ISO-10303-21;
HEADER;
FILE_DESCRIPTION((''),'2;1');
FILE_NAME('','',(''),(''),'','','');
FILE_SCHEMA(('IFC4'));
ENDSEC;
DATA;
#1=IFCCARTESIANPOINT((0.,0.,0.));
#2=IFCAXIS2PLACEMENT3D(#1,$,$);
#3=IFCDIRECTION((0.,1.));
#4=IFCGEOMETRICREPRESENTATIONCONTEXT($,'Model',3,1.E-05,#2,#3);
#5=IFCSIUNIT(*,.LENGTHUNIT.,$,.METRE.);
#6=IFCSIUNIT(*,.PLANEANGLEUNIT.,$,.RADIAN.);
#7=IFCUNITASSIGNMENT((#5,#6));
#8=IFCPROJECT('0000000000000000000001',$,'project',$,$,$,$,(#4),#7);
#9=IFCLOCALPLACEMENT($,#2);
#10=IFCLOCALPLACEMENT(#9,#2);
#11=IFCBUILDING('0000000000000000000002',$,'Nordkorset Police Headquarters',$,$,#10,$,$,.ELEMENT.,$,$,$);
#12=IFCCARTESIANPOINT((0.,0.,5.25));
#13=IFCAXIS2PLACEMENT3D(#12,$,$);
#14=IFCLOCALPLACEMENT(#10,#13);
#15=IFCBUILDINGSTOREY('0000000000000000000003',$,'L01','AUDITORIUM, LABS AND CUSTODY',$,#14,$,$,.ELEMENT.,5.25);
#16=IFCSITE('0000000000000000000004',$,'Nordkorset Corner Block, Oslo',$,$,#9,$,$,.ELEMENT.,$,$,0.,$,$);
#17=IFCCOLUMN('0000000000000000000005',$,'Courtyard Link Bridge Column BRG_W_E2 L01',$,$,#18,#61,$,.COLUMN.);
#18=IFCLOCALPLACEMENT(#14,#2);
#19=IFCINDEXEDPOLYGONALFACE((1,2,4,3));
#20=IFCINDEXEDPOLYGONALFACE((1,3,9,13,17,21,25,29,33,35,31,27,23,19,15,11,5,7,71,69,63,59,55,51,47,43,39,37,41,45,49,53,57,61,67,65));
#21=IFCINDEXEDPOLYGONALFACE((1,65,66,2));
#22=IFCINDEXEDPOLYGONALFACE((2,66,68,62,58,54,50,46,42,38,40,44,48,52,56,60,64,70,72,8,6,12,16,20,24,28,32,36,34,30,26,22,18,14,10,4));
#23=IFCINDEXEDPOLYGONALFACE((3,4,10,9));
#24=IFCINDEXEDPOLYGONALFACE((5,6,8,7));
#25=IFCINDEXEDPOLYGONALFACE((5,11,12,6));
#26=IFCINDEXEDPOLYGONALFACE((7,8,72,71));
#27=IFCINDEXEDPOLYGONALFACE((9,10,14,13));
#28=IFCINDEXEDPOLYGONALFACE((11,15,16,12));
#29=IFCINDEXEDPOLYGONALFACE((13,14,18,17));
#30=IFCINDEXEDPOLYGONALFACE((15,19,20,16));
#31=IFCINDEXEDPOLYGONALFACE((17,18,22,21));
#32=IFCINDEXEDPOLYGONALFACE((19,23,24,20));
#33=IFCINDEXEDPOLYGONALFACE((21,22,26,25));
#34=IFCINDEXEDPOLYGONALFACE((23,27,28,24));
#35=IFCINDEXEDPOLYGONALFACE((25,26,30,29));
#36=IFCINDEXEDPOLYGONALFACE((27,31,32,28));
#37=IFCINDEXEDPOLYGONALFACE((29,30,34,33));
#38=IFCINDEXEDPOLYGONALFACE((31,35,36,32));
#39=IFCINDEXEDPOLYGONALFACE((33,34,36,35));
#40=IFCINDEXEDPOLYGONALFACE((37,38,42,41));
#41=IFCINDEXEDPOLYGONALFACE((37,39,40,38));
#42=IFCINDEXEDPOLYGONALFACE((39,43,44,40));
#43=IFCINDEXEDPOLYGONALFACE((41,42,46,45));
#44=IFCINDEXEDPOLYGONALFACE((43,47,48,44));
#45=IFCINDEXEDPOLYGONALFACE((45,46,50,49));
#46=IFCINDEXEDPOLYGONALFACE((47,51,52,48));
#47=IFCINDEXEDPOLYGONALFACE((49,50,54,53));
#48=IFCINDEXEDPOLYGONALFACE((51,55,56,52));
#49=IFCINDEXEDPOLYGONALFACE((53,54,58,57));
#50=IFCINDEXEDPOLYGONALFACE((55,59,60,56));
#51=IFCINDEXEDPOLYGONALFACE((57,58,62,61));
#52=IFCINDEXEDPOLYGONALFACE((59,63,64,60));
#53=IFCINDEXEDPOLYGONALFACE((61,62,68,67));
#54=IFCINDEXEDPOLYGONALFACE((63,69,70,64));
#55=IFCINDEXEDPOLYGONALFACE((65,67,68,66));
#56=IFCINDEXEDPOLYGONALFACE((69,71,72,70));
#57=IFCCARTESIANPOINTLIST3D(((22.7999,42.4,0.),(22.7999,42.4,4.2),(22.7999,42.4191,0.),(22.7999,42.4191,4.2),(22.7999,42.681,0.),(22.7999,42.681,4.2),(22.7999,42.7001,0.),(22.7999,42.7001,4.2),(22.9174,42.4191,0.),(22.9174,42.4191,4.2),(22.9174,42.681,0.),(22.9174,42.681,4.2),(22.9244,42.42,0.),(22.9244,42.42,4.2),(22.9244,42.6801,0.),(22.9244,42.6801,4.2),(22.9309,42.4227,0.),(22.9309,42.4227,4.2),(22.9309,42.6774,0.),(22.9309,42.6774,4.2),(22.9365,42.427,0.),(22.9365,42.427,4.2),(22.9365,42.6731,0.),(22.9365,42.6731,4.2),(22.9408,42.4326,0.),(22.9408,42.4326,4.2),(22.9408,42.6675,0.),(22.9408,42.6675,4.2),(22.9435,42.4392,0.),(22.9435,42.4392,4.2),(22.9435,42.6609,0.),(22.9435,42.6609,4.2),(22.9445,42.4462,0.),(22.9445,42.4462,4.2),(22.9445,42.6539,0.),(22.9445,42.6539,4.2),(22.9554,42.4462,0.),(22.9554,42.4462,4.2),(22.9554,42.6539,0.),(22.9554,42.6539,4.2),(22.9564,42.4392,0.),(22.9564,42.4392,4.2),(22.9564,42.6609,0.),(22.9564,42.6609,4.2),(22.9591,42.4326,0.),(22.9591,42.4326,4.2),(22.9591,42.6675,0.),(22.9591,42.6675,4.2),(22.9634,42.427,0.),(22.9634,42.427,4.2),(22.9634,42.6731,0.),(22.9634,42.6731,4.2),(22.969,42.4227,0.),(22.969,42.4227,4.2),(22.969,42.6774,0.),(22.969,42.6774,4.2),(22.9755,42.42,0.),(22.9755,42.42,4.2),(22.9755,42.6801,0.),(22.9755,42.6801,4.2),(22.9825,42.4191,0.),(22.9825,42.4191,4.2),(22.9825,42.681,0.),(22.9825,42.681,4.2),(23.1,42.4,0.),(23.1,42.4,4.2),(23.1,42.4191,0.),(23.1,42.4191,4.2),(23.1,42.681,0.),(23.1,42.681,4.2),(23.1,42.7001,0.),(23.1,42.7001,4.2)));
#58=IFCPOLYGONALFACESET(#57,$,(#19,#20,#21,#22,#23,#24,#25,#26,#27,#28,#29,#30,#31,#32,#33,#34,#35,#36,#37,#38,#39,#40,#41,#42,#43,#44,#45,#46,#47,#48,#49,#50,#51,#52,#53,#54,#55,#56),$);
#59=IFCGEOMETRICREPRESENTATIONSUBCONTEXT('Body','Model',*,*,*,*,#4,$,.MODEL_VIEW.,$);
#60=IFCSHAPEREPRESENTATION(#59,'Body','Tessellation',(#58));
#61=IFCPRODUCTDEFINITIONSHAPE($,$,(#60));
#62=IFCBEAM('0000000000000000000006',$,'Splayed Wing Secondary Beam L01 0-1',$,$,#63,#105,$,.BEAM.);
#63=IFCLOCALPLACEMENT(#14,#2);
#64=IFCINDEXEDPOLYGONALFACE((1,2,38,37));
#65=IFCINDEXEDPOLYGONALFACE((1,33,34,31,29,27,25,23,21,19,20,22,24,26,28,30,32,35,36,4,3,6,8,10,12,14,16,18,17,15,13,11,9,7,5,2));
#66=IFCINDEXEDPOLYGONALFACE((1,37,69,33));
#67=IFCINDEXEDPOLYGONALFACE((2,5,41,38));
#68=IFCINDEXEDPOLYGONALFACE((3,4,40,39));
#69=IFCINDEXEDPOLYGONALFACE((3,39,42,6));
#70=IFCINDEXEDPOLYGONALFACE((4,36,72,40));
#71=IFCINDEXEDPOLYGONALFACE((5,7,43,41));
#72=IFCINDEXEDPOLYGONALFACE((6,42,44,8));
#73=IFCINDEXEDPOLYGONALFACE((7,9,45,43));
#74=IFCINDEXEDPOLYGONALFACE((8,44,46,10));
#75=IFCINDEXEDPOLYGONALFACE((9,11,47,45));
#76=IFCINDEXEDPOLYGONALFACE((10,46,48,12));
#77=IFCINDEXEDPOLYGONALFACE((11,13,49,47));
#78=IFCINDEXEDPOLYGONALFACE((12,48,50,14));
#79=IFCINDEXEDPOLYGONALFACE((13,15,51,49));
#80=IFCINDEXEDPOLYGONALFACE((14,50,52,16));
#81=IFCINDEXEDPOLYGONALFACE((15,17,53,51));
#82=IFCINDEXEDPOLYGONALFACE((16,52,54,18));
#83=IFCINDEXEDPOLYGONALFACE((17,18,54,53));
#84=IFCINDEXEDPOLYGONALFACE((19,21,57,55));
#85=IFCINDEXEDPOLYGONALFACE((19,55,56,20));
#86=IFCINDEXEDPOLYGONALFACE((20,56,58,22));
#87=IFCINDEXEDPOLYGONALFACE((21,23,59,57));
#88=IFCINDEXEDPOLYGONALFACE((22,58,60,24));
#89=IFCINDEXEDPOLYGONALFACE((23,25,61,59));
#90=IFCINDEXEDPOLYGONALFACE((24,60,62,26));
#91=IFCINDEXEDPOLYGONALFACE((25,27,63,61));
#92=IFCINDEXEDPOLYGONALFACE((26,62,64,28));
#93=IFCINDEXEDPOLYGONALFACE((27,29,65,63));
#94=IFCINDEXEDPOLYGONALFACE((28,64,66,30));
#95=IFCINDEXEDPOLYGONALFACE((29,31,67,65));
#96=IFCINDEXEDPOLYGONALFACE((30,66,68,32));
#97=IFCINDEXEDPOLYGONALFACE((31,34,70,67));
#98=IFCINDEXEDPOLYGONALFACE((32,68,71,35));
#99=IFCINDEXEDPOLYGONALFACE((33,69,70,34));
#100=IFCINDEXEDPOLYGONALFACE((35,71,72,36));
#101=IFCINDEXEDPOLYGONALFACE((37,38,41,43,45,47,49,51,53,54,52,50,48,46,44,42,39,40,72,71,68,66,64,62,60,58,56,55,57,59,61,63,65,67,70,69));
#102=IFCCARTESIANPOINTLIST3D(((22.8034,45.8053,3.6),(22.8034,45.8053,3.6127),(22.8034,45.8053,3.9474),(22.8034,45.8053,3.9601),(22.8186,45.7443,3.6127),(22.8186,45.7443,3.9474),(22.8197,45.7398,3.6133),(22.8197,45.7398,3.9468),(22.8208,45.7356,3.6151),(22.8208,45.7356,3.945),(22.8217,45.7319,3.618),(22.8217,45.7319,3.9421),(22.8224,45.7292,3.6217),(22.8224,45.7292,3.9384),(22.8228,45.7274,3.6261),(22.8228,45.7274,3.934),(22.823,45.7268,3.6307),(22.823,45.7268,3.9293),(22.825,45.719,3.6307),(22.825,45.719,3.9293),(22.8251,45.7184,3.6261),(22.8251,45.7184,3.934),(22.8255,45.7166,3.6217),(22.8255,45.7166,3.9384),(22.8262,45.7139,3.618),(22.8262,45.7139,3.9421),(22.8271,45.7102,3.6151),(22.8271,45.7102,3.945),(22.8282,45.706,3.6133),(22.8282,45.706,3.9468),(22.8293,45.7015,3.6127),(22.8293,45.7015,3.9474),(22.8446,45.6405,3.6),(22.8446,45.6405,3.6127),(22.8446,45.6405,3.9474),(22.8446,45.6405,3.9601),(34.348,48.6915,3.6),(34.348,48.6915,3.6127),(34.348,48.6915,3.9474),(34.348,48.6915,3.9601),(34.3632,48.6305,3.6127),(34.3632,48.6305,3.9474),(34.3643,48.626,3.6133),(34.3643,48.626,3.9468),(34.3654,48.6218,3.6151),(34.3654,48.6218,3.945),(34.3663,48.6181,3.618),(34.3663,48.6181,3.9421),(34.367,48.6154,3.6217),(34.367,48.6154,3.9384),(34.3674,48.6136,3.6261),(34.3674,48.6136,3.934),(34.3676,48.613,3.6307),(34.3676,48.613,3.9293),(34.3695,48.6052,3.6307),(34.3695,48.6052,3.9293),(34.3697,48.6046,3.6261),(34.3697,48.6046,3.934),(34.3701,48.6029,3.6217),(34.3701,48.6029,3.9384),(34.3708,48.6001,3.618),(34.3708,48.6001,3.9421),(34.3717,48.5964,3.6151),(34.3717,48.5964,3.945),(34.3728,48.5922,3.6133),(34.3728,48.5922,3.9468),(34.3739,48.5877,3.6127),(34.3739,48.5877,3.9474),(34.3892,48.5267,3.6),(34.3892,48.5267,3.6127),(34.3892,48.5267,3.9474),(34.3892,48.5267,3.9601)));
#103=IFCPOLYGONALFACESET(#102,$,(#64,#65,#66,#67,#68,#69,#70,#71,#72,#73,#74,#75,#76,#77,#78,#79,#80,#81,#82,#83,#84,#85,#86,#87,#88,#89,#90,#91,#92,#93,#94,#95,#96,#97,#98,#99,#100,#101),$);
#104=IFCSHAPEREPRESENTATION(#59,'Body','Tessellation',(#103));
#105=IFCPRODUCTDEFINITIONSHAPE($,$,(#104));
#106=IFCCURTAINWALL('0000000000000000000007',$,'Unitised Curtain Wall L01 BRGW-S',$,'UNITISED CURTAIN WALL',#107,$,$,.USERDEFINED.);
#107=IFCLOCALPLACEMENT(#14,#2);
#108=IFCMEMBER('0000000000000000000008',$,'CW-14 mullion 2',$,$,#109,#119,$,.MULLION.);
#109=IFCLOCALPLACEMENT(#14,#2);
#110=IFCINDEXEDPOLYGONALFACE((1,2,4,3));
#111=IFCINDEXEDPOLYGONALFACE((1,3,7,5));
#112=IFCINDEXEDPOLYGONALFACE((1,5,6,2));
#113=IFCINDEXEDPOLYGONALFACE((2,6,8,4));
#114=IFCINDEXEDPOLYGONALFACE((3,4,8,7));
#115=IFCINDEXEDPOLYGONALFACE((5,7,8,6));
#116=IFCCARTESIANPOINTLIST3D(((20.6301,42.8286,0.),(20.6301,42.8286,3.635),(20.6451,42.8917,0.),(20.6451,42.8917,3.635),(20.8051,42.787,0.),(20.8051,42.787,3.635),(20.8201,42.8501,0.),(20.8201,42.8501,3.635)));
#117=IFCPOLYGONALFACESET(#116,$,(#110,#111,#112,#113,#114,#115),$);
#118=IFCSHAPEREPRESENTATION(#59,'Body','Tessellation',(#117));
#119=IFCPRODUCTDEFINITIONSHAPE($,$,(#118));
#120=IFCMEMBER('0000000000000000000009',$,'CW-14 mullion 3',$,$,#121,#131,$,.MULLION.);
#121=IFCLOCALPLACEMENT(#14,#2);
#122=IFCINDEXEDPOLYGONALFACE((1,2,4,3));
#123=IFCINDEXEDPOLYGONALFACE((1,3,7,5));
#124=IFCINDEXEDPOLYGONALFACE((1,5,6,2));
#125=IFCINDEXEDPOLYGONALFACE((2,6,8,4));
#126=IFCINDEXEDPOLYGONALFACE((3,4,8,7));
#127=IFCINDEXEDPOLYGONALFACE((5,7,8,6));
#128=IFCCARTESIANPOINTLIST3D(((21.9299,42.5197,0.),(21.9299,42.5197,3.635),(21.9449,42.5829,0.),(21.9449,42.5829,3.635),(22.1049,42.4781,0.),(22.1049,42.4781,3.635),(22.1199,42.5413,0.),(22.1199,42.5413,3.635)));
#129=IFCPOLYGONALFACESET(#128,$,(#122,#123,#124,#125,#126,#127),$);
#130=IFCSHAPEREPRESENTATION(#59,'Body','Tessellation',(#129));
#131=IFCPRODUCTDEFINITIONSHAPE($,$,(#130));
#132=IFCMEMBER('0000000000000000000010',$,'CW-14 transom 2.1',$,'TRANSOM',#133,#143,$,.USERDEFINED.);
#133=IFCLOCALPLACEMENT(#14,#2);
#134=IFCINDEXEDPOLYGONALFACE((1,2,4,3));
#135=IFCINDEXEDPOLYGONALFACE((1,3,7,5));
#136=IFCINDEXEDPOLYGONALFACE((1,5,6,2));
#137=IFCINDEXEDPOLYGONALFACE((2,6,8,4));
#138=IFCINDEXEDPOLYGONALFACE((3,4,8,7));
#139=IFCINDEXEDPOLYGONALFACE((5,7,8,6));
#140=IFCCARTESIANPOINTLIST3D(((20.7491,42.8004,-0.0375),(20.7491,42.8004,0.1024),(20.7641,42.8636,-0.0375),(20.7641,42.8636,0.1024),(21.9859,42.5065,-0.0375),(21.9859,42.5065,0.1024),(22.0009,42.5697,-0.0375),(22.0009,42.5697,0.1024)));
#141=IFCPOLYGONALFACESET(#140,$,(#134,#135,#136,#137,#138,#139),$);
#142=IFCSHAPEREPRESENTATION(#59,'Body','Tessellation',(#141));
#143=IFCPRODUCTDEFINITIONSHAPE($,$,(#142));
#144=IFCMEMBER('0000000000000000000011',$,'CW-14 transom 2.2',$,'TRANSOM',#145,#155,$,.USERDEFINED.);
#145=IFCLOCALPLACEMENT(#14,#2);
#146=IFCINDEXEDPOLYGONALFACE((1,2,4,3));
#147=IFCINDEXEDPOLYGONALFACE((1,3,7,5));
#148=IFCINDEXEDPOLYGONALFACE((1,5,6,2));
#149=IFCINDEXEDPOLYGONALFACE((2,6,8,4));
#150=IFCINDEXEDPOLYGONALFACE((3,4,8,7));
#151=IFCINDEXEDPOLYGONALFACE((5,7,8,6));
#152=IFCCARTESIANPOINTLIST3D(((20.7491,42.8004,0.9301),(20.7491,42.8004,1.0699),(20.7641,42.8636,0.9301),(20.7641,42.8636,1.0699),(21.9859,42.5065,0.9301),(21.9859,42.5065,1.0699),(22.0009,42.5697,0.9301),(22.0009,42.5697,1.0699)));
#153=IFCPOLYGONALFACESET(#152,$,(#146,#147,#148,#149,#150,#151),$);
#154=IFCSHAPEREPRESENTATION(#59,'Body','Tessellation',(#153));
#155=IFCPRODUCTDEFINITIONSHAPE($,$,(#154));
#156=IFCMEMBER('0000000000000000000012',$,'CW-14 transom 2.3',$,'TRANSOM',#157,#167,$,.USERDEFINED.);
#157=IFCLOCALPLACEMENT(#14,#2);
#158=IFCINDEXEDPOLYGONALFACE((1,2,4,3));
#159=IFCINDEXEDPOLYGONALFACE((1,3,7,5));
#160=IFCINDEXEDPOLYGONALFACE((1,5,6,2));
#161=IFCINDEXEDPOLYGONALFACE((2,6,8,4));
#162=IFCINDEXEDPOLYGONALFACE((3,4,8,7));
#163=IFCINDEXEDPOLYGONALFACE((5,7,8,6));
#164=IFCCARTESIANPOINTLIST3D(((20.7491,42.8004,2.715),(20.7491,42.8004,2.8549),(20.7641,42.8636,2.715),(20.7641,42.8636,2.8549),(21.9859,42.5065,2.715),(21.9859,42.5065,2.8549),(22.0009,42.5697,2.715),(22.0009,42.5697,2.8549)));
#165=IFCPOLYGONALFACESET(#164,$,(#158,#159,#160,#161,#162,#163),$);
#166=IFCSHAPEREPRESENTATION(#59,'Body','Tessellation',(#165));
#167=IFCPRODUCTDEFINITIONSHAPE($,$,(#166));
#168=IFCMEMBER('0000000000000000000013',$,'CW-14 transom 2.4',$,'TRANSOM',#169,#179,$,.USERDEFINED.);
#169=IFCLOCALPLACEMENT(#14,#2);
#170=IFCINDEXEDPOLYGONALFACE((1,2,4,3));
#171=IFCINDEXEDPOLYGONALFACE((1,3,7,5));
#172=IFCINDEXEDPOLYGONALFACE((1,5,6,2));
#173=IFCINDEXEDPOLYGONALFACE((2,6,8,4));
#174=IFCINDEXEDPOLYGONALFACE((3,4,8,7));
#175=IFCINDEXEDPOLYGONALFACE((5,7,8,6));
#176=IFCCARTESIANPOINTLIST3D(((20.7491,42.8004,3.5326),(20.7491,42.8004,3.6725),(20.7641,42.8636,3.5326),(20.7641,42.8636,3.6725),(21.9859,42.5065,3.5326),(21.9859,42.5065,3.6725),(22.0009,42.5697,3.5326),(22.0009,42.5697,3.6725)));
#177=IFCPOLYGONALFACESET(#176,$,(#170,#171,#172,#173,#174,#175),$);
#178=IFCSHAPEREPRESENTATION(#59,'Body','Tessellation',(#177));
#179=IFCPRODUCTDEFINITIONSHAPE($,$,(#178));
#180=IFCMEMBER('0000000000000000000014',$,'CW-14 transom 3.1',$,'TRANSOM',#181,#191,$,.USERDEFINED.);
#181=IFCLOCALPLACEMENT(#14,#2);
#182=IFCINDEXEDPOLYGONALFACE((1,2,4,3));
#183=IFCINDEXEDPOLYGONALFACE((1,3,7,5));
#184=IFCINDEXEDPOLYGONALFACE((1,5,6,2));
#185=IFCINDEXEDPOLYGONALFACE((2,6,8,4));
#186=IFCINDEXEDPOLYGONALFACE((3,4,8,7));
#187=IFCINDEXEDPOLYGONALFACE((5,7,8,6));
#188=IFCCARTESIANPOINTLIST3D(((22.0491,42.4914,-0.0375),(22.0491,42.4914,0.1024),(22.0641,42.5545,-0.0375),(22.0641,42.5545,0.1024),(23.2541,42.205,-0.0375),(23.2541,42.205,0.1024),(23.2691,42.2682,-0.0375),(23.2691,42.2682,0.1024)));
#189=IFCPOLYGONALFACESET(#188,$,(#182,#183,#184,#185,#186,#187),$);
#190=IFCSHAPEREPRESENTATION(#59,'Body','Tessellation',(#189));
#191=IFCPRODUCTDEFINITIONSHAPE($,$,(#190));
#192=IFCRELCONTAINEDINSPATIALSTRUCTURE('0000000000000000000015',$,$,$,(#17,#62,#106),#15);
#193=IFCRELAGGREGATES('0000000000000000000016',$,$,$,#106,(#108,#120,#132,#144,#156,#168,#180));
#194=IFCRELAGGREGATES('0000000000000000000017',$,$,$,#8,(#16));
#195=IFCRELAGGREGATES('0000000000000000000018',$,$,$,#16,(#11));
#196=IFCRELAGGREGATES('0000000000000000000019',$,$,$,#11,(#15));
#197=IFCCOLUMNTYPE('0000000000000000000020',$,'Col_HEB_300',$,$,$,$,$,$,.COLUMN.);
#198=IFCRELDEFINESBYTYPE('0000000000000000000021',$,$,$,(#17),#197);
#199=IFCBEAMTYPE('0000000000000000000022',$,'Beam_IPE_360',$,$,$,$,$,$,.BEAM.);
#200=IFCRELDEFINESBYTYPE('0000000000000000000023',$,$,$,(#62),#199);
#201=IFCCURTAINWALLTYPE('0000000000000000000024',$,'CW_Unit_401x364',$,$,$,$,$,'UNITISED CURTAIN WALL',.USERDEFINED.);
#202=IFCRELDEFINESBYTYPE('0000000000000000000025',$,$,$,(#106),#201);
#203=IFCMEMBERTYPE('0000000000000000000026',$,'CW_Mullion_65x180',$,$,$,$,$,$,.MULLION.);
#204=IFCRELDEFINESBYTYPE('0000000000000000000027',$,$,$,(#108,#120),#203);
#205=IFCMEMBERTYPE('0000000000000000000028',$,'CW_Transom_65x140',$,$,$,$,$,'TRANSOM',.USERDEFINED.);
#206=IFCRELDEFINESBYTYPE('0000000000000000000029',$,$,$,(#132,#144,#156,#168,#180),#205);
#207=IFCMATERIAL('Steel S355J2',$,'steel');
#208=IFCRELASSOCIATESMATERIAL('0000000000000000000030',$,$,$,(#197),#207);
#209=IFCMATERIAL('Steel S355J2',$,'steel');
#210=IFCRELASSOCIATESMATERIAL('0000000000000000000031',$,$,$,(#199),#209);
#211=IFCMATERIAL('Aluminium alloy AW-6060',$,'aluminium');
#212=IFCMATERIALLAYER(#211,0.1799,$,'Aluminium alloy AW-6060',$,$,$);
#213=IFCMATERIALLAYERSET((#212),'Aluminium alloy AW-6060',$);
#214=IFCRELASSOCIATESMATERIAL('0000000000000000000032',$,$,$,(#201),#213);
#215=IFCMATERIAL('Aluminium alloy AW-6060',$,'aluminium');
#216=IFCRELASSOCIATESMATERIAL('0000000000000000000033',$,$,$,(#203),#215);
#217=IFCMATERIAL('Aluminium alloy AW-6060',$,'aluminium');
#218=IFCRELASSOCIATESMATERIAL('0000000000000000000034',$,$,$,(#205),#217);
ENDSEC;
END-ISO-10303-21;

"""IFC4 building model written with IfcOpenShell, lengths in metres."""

from ifc_helpers import new_model, si_unit, direction, frame, origin, origin_2d, place, context, subcontext, project, spatial, rectangle, i_section, extrude, material, layer, layer_set, material_profile, profile_set, type_object, element, aggregate, save


model = new_model("IFC4")

# Units and contexts
model_context = context("Model", 3, precision=1e-05, world=origin(), true_north=direction((0.0, 1.0)))
body_context = subcontext(model_context, "Body", "Model", "MODEL_VIEW")
ifc_project = project(units=[si_unit("LENGTHUNIT", "METRE"), si_unit("PLANEANGLEUNIT", "RADIAN")], contexts=[model_context])

# Site, building, storey
site_placement = place(None, origin())
site = spatial("IfcSite", under=ifc_project, at=site_placement, Name="Nordkorset Corner Block, Oslo", CompositionType="ELEMENT", RefElevation=0.0)
building_placement = place(site_placement, origin())
building = spatial("IfcBuilding", under=site, at=building_placement, Name="Nordkorset Police Headquarters", CompositionType="ELEMENT")
storey_placement = place(building_placement, frame((0.0, 0.0, 5.25)))
storey = spatial("IfcBuildingStorey", under=building, at=storey_placement, Name="L01", Description="AUDITORIUM, LABS AND CUSTODY", CompositionType="ELEMENT", Elevation=5.25)

# Column
ifc_material_1 = material(Name="Steel S355J2", Category="steel")
ifc_material_profile_1 = material_profile(ifc_material_1, i_section(OverallWidth=0.3, OverallDepth=0.3, WebThickness=0.011, FlangeThickness=0.019, FilletRadius=0.0271, at=origin_2d()), Name="HEB 300")
ifc_profile_set_1 = profile_set([ifc_material_profile_1], Name="Steel S355J2")
column_type = type_object("IfcColumnType", Name="Col_HEB_300", PredefinedType="COLUMN", material=ifc_profile_set_1)
column_placement = place(storey_placement, frame((22.95, 42.55, 0.0), z_axis=(0.0, 0.0, 1.0), x_axis=(1.0, 0.0, 0.0)))
element("IfcColumn", 1, at=column_placement, inside=storey, type_object=column_type, Name="Courtyard Link Bridge Column BRG_W_E2 L01", PredefinedType="COLUMN", context=body_context, shape_type="SweptSolid", body=[
    extrude(i_section(OverallWidth=0.3, OverallDepth=0.3, WebThickness=0.011, FlangeThickness=0.019, FilletRadius=0.0271, at=origin_2d()), origin(), (0.0, 0.0, 1.0), 4.2),
])

# Beam
ifc_material_2 = material(Name="Steel S355J2", Category="steel")
ifc_material_profile_2 = material_profile(ifc_material_2, i_section(OverallWidth=0.1699, OverallDepth=0.3601, WebThickness=0.0081, FlangeThickness=0.0127, FilletRadius=0.0181, at=origin_2d()), Name="IPE 360")
ifc_profile_set_2 = profile_set([ifc_material_profile_2], Name="Steel S355J2")
beam_type_1 = type_object("IfcBeamType", Name="Beam_IPE_360", PredefinedType="BEAM", material=ifc_profile_set_2)
beam_1_placement = place(storey_placement, frame((22.824, 45.7229, 3.78), z_axis=(0.970141, 0.24254, 0.0), x_axis=(-0.24254, 0.970141, 0.0)))
element("IfcBeam", 2, at=beam_1_placement, inside=storey, type_object=beam_type_1, Name="Splayed Wing Secondary Beam L01 0-1", PredefinedType="BEAM", context=body_context, shape_type="SweptSolid", body=[
    extrude(i_section(OverallWidth=0.1699, OverallDepth=0.3601, WebThickness=0.0081, FlangeThickness=0.0127, FilletRadius=0.0181, at=origin_2d()), origin(), (0.0, 0.0, 1.0), 11.8999),
])

# Curtain wall, members
ifc_material_3 = material(Name="Aluminium alloy AW-6060", Category="aluminium")
ifc_layer_1 = layer(ifc_material_3, 0.1799, Name="Aluminium alloy AW-6060")
ifc_layer_set_1 = layer_set([ifc_layer_1], Name="Aluminium alloy AW-6060")
curtain_wall_type = type_object("IfcCurtainWallType", Name="CW_Unit_401x364", ElementType="UNITISED CURTAIN WALL", PredefinedType="USERDEFINED", material=ifc_layer_set_1)
curtain_wall_placement = place(storey_placement, origin())
curtain_wall = element("IfcCurtainWall", 3, at=curtain_wall_placement, inside=storey, type_object=curtain_wall_type, Name="Unitised Curtain Wall L01 BRGW-S", ObjectType="UNITISED CURTAIN WALL", PredefinedType="USERDEFINED")
ifc_material_4 = material(Name="Aluminium alloy AW-6060", Category="aluminium")
ifc_material_profile_3 = material_profile(ifc_material_4, rectangle(XDim=0.0649, YDim=0.1799, at=origin_2d()), Name="ALU MULL 65x180")
ifc_profile_set_3 = profile_set([ifc_material_profile_3], Name="Aluminium alloy AW-6060")
member_type_1 = type_object("IfcMemberType", Name="CW_Mullion_65x180", PredefinedType="MULLION", material=ifc_profile_set_3)
member_1_placement = place(storey_placement, frame((20.7251, 42.8394, 0.0), z_axis=(0.0, 0.0, 1.0), x_axis=(0.231206, 0.972905, 0.0)))
member_1 = element("IfcMember", 4, at=member_1_placement, type_object=member_type_1, Name="CW-14 mullion 2", PredefinedType="MULLION", context=body_context, shape_type="SweptSolid", body=[
    extrude(rectangle(XDim=0.0649, YDim=0.1799, at=origin_2d()), origin(), (0.0, 0.0, 1.0), 3.635),
])
member_2_placement = place(storey_placement, frame((22.0249, 42.5305, 0.0), z_axis=(0.0, 0.0, 1.0), x_axis=(0.231206, 0.972905, 0.0)))
member_2 = element("IfcMember", 5, at=member_2_placement, type_object=member_type_1, Name="CW-14 mullion 3", PredefinedType="MULLION", context=body_context, shape_type="SweptSolid", body=[
    extrude(rectangle(XDim=0.0649, YDim=0.1799, at=origin_2d()), origin(), (0.0, 0.0, 1.0), 3.635),
])
ifc_material_5 = material(Name="Aluminium alloy AW-6060", Category="aluminium")
ifc_material_profile_4 = material_profile(ifc_material_5, rectangle(XDim=0.0649, YDim=0.1399, at=origin_2d()), Name="ALU TRAN 65x140")
ifc_profile_set_4 = profile_set([ifc_material_profile_4], Name="Aluminium alloy AW-6060")
member_type_2 = type_object("IfcMemberType", Name="CW_Transom_65x140", ElementType="TRANSOM", PredefinedType="USERDEFINED", material=ifc_profile_set_4)
member_3_placement = place(storey_placement, frame((20.7566, 42.832, 0.0325), z_axis=(0.972901, -0.231222, 0.0), x_axis=(0.231222, 0.972901, 0.0)))
member_3 = element("IfcMember", 6, at=member_3_placement, type_object=member_type_2, Name="CW-14 transom 2.1", ObjectType="TRANSOM", PredefinedType="USERDEFINED", context=body_context, shape_type="SweptSolid", body=[
    extrude(rectangle(XDim=0.0649, YDim=0.1399, at=origin_2d()), origin(), (0.0, 0.0, 1.0), 1.2712),
])
member_4_placement = place(storey_placement, frame((20.7566, 42.832, 1.0), z_axis=(0.972901, -0.231222, 0.0), x_axis=(0.231222, 0.972901, 0.0)))
member_4 = element("IfcMember", 7, at=member_4_placement, type_object=member_type_2, Name="CW-14 transom 2.2", ObjectType="TRANSOM", PredefinedType="USERDEFINED", context=body_context, shape_type="SweptSolid", body=[
    extrude(rectangle(XDim=0.0649, YDim=0.1399, at=origin_2d()), origin(), (0.0, 0.0, 1.0), 1.2712),
])
member_5_placement = place(storey_placement, frame((20.7566, 42.832, 2.7849), z_axis=(0.972901, -0.231222, 0.0), x_axis=(0.231222, 0.972901, 0.0)))
member_5 = element("IfcMember", 8, at=member_5_placement, type_object=member_type_2, Name="CW-14 transom 2.3", ObjectType="TRANSOM", PredefinedType="USERDEFINED", context=body_context, shape_type="SweptSolid", body=[
    extrude(rectangle(XDim=0.0649, YDim=0.1399, at=origin_2d()), origin(), (0.0, 0.0, 1.0), 1.2712),
])
member_6_placement = place(storey_placement, frame((20.7566, 42.832, 3.6025), z_axis=(0.972901, -0.231222, 0.0), x_axis=(0.231222, 0.972901, 0.0)))
member_6 = element("IfcMember", 9, at=member_6_placement, type_object=member_type_2, Name="CW-14 transom 2.4", ObjectType="TRANSOM", PredefinedType="USERDEFINED", context=body_context, shape_type="SweptSolid", body=[
    extrude(rectangle(XDim=0.0649, YDim=0.1399, at=origin_2d()), origin(), (0.0, 0.0, 1.0), 1.2712),
])
member_7_placement = place(storey_placement, frame((22.0566, 42.5229, 0.0325), z_axis=(0.972906, -0.231203, 0.0), x_axis=(0.231203, 0.972906, 0.0)))
member_7 = element("IfcMember", 10, at=member_7_placement, type_object=member_type_2, Name="CW-14 transom 3.1", ObjectType="TRANSOM", PredefinedType="USERDEFINED", context=body_context, shape_type="SweptSolid", body=[
    extrude(rectangle(XDim=0.0649, YDim=0.1399, at=origin_2d()), origin(), (0.0, 0.0, 1.0), 1.2385),
])

aggregate(curtain_wall, [member_1, member_2, member_3, member_4, member_5, member_6, member_7])

save(model, "model.ifc")
